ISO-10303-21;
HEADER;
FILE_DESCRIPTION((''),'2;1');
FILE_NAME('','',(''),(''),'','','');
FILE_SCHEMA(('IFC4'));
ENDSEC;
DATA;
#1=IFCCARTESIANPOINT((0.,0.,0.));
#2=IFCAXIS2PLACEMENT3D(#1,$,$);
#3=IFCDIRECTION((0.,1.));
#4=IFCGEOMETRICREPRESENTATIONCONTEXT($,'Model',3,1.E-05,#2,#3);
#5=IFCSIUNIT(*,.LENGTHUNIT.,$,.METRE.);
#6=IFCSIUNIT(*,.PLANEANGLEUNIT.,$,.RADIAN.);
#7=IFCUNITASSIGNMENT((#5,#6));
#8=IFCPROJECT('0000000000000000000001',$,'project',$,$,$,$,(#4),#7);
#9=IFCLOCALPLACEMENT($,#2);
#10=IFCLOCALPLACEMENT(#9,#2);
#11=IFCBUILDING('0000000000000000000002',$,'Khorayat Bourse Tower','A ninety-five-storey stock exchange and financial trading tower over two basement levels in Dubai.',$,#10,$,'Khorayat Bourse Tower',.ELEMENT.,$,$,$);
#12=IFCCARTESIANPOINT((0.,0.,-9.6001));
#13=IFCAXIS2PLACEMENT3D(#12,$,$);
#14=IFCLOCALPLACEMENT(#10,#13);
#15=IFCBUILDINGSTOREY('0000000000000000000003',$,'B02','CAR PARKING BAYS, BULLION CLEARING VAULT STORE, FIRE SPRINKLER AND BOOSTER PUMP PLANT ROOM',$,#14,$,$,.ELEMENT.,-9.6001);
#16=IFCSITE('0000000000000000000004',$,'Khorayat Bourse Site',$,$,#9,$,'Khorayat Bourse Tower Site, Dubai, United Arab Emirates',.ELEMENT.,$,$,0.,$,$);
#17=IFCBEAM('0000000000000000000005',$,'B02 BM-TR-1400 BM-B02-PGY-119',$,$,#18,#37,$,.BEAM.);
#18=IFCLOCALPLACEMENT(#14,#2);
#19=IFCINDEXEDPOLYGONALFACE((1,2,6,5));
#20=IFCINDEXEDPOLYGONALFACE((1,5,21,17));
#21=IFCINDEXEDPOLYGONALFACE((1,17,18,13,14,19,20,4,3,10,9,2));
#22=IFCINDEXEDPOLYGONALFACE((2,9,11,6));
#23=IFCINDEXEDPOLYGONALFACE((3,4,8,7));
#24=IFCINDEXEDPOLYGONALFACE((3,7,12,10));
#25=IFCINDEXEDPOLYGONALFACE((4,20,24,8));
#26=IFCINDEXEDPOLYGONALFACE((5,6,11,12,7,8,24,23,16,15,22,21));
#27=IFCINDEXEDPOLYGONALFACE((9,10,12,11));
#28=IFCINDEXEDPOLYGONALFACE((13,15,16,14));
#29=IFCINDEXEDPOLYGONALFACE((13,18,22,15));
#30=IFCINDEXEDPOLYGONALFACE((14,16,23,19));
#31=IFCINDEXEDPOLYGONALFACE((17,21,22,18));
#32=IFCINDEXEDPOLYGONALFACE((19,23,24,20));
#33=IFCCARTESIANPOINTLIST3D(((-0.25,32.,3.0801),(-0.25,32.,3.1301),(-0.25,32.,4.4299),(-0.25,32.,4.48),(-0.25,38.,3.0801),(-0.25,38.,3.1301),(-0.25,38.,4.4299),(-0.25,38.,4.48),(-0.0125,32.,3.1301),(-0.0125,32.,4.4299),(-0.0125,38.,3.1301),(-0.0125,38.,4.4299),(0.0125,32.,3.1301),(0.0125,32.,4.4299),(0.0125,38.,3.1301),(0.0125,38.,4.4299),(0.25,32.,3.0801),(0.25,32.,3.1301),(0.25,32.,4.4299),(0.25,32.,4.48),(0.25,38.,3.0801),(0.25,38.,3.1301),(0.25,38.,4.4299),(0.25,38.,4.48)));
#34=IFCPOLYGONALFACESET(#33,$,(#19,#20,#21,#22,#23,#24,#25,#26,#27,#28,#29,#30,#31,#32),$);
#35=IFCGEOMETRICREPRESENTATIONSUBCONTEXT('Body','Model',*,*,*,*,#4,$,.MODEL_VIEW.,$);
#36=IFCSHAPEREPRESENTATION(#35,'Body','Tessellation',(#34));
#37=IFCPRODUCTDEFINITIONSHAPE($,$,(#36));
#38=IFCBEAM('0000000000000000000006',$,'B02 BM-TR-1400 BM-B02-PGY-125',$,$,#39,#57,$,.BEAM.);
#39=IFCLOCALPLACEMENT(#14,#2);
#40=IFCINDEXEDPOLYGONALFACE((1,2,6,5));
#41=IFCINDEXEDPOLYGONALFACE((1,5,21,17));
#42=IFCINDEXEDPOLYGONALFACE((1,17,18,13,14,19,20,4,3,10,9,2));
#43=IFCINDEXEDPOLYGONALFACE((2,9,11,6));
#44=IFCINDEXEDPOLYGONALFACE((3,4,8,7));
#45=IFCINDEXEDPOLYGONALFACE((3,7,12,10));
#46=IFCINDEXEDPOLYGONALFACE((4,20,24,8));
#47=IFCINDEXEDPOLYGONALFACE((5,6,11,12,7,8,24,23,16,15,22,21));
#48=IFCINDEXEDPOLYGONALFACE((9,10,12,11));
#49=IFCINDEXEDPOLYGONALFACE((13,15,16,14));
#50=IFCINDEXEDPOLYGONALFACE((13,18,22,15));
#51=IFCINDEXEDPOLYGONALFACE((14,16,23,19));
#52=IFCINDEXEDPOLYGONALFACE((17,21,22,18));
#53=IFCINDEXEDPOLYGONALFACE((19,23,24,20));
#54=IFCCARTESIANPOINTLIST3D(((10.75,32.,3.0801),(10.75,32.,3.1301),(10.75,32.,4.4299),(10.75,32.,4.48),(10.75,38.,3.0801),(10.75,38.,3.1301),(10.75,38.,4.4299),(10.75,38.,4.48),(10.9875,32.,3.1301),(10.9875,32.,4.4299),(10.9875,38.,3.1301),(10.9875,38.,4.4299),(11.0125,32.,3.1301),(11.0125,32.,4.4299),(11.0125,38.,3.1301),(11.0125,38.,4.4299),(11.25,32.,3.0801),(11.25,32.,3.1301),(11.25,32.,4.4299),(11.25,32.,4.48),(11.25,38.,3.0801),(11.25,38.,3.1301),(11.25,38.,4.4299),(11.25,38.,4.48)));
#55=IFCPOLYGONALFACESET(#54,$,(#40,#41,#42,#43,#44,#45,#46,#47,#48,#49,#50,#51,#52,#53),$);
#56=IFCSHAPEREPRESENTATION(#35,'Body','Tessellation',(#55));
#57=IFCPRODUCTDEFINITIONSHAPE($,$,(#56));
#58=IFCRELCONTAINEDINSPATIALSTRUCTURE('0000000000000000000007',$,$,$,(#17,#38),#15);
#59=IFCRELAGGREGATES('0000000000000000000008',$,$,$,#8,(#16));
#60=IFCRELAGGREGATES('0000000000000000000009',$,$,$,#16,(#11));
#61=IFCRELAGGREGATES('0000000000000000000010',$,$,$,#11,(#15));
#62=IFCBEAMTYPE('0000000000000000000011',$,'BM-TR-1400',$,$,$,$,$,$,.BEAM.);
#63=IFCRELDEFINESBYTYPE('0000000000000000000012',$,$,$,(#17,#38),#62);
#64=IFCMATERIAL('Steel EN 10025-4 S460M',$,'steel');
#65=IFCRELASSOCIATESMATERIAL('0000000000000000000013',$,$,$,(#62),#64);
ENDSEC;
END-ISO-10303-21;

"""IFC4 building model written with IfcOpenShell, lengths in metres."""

from ifc_helpers import new_model, si_unit, direction, frame, origin, origin_2d, place, context, subcontext, project, spatial, i_section, extrude, source, transform, mapped, material, material_profile, profile_set, type_object, element, save


model = new_model("IFC4")

# Units and contexts
model_context = context("Model", 3, precision=1e-05, world=origin(), true_north=direction((0.0, 1.0)))
body_context = subcontext(model_context, "Body", "Model", "MODEL_VIEW")
ifc_project = project(units=[si_unit("LENGTHUNIT", "METRE"), si_unit("PLANEANGLEUNIT", "RADIAN")], contexts=[model_context])

# Site, building, storey
site_placement = place(None, origin())
site = spatial("IfcSite", under=ifc_project, at=site_placement, Name="Khorayat Bourse Site", LongName="Khorayat Bourse Tower Site, Dubai, United Arab Emirates", CompositionType="ELEMENT", RefElevation=0.0)
building_placement = place(site_placement, origin())
building = spatial("IfcBuilding", under=site, at=building_placement, Name="Khorayat Bourse Tower", Description="A ninety-five-storey stock exchange and financial trading tower over two basement levels in Dubai.", LongName="Khorayat Bourse Tower", CompositionType="ELEMENT")
storey_placement = place(building_placement, frame((0.0, 0.0, -9.6001)))
storey = spatial("IfcBuildingStorey", under=building, at=storey_placement, Name="B02", Description="CAR PARKING BAYS, BULLION CLEARING VAULT STORE, FIRE SPRINKLER AND BOOSTER PUMP PLANT ROOM", CompositionType="ELEMENT", Elevation=-9.6001)

# Beams
ifc_material_1 = material(Name="Steel EN 10025-4 S460M", Category="steel")
ifc_material_profile_1 = material_profile(ifc_material_1, i_section(OverallWidth=0.5, OverallDepth=1.3999, WebThickness=0.0249, FlangeThickness=0.05, at=origin_2d()), Name="PG 1400x500x25x50")
ifc_profile_set_1 = profile_set([ifc_material_profile_1], Name="Steel EN 10025-4 S460M")
beam_type_1 = type_object("IfcBeamType", Name="BM-TR-1400", PredefinedType="BEAM", material=ifc_profile_set_1)
shared_shape_1 = source(origin(), body_context, "Body", "SweptSolid", [
    extrude(i_section(OverallWidth=0.5, OverallDepth=1.3999, WebThickness=0.0249, FlangeThickness=0.05, at=origin_2d()), origin(), (0.0, 0.0, 1.0), 6.0),
])
for number, where, z_axis, x_axis, name in (
    (1, (0.0, 32.0, 3.78), (0.0, 1.0, 0.0), (-1.0, 0.0, 0.0), "B02 BM-TR-1400 BM-B02-PGY-119"),
    (2, (11.0, 32.0, 3.78), (0.0, 1.0, 0.0), (-1.0, 0.0, 0.0), "B02 BM-TR-1400 BM-B02-PGY-125"),
):
    element("IfcBeam", number, at=place(storey_placement, frame(where, z_axis=z_axis, x_axis=x_axis)), inside=storey, type_object=beam_type_1, Name=name, PredefinedType="BEAM", context=body_context, shape_type="MappedRepresentation", body=[
        mapped(shared_shape_1, transform((0.0, 0.0, 0.0), scale=1.0)),
    ])

save(model, "model.ifc")
